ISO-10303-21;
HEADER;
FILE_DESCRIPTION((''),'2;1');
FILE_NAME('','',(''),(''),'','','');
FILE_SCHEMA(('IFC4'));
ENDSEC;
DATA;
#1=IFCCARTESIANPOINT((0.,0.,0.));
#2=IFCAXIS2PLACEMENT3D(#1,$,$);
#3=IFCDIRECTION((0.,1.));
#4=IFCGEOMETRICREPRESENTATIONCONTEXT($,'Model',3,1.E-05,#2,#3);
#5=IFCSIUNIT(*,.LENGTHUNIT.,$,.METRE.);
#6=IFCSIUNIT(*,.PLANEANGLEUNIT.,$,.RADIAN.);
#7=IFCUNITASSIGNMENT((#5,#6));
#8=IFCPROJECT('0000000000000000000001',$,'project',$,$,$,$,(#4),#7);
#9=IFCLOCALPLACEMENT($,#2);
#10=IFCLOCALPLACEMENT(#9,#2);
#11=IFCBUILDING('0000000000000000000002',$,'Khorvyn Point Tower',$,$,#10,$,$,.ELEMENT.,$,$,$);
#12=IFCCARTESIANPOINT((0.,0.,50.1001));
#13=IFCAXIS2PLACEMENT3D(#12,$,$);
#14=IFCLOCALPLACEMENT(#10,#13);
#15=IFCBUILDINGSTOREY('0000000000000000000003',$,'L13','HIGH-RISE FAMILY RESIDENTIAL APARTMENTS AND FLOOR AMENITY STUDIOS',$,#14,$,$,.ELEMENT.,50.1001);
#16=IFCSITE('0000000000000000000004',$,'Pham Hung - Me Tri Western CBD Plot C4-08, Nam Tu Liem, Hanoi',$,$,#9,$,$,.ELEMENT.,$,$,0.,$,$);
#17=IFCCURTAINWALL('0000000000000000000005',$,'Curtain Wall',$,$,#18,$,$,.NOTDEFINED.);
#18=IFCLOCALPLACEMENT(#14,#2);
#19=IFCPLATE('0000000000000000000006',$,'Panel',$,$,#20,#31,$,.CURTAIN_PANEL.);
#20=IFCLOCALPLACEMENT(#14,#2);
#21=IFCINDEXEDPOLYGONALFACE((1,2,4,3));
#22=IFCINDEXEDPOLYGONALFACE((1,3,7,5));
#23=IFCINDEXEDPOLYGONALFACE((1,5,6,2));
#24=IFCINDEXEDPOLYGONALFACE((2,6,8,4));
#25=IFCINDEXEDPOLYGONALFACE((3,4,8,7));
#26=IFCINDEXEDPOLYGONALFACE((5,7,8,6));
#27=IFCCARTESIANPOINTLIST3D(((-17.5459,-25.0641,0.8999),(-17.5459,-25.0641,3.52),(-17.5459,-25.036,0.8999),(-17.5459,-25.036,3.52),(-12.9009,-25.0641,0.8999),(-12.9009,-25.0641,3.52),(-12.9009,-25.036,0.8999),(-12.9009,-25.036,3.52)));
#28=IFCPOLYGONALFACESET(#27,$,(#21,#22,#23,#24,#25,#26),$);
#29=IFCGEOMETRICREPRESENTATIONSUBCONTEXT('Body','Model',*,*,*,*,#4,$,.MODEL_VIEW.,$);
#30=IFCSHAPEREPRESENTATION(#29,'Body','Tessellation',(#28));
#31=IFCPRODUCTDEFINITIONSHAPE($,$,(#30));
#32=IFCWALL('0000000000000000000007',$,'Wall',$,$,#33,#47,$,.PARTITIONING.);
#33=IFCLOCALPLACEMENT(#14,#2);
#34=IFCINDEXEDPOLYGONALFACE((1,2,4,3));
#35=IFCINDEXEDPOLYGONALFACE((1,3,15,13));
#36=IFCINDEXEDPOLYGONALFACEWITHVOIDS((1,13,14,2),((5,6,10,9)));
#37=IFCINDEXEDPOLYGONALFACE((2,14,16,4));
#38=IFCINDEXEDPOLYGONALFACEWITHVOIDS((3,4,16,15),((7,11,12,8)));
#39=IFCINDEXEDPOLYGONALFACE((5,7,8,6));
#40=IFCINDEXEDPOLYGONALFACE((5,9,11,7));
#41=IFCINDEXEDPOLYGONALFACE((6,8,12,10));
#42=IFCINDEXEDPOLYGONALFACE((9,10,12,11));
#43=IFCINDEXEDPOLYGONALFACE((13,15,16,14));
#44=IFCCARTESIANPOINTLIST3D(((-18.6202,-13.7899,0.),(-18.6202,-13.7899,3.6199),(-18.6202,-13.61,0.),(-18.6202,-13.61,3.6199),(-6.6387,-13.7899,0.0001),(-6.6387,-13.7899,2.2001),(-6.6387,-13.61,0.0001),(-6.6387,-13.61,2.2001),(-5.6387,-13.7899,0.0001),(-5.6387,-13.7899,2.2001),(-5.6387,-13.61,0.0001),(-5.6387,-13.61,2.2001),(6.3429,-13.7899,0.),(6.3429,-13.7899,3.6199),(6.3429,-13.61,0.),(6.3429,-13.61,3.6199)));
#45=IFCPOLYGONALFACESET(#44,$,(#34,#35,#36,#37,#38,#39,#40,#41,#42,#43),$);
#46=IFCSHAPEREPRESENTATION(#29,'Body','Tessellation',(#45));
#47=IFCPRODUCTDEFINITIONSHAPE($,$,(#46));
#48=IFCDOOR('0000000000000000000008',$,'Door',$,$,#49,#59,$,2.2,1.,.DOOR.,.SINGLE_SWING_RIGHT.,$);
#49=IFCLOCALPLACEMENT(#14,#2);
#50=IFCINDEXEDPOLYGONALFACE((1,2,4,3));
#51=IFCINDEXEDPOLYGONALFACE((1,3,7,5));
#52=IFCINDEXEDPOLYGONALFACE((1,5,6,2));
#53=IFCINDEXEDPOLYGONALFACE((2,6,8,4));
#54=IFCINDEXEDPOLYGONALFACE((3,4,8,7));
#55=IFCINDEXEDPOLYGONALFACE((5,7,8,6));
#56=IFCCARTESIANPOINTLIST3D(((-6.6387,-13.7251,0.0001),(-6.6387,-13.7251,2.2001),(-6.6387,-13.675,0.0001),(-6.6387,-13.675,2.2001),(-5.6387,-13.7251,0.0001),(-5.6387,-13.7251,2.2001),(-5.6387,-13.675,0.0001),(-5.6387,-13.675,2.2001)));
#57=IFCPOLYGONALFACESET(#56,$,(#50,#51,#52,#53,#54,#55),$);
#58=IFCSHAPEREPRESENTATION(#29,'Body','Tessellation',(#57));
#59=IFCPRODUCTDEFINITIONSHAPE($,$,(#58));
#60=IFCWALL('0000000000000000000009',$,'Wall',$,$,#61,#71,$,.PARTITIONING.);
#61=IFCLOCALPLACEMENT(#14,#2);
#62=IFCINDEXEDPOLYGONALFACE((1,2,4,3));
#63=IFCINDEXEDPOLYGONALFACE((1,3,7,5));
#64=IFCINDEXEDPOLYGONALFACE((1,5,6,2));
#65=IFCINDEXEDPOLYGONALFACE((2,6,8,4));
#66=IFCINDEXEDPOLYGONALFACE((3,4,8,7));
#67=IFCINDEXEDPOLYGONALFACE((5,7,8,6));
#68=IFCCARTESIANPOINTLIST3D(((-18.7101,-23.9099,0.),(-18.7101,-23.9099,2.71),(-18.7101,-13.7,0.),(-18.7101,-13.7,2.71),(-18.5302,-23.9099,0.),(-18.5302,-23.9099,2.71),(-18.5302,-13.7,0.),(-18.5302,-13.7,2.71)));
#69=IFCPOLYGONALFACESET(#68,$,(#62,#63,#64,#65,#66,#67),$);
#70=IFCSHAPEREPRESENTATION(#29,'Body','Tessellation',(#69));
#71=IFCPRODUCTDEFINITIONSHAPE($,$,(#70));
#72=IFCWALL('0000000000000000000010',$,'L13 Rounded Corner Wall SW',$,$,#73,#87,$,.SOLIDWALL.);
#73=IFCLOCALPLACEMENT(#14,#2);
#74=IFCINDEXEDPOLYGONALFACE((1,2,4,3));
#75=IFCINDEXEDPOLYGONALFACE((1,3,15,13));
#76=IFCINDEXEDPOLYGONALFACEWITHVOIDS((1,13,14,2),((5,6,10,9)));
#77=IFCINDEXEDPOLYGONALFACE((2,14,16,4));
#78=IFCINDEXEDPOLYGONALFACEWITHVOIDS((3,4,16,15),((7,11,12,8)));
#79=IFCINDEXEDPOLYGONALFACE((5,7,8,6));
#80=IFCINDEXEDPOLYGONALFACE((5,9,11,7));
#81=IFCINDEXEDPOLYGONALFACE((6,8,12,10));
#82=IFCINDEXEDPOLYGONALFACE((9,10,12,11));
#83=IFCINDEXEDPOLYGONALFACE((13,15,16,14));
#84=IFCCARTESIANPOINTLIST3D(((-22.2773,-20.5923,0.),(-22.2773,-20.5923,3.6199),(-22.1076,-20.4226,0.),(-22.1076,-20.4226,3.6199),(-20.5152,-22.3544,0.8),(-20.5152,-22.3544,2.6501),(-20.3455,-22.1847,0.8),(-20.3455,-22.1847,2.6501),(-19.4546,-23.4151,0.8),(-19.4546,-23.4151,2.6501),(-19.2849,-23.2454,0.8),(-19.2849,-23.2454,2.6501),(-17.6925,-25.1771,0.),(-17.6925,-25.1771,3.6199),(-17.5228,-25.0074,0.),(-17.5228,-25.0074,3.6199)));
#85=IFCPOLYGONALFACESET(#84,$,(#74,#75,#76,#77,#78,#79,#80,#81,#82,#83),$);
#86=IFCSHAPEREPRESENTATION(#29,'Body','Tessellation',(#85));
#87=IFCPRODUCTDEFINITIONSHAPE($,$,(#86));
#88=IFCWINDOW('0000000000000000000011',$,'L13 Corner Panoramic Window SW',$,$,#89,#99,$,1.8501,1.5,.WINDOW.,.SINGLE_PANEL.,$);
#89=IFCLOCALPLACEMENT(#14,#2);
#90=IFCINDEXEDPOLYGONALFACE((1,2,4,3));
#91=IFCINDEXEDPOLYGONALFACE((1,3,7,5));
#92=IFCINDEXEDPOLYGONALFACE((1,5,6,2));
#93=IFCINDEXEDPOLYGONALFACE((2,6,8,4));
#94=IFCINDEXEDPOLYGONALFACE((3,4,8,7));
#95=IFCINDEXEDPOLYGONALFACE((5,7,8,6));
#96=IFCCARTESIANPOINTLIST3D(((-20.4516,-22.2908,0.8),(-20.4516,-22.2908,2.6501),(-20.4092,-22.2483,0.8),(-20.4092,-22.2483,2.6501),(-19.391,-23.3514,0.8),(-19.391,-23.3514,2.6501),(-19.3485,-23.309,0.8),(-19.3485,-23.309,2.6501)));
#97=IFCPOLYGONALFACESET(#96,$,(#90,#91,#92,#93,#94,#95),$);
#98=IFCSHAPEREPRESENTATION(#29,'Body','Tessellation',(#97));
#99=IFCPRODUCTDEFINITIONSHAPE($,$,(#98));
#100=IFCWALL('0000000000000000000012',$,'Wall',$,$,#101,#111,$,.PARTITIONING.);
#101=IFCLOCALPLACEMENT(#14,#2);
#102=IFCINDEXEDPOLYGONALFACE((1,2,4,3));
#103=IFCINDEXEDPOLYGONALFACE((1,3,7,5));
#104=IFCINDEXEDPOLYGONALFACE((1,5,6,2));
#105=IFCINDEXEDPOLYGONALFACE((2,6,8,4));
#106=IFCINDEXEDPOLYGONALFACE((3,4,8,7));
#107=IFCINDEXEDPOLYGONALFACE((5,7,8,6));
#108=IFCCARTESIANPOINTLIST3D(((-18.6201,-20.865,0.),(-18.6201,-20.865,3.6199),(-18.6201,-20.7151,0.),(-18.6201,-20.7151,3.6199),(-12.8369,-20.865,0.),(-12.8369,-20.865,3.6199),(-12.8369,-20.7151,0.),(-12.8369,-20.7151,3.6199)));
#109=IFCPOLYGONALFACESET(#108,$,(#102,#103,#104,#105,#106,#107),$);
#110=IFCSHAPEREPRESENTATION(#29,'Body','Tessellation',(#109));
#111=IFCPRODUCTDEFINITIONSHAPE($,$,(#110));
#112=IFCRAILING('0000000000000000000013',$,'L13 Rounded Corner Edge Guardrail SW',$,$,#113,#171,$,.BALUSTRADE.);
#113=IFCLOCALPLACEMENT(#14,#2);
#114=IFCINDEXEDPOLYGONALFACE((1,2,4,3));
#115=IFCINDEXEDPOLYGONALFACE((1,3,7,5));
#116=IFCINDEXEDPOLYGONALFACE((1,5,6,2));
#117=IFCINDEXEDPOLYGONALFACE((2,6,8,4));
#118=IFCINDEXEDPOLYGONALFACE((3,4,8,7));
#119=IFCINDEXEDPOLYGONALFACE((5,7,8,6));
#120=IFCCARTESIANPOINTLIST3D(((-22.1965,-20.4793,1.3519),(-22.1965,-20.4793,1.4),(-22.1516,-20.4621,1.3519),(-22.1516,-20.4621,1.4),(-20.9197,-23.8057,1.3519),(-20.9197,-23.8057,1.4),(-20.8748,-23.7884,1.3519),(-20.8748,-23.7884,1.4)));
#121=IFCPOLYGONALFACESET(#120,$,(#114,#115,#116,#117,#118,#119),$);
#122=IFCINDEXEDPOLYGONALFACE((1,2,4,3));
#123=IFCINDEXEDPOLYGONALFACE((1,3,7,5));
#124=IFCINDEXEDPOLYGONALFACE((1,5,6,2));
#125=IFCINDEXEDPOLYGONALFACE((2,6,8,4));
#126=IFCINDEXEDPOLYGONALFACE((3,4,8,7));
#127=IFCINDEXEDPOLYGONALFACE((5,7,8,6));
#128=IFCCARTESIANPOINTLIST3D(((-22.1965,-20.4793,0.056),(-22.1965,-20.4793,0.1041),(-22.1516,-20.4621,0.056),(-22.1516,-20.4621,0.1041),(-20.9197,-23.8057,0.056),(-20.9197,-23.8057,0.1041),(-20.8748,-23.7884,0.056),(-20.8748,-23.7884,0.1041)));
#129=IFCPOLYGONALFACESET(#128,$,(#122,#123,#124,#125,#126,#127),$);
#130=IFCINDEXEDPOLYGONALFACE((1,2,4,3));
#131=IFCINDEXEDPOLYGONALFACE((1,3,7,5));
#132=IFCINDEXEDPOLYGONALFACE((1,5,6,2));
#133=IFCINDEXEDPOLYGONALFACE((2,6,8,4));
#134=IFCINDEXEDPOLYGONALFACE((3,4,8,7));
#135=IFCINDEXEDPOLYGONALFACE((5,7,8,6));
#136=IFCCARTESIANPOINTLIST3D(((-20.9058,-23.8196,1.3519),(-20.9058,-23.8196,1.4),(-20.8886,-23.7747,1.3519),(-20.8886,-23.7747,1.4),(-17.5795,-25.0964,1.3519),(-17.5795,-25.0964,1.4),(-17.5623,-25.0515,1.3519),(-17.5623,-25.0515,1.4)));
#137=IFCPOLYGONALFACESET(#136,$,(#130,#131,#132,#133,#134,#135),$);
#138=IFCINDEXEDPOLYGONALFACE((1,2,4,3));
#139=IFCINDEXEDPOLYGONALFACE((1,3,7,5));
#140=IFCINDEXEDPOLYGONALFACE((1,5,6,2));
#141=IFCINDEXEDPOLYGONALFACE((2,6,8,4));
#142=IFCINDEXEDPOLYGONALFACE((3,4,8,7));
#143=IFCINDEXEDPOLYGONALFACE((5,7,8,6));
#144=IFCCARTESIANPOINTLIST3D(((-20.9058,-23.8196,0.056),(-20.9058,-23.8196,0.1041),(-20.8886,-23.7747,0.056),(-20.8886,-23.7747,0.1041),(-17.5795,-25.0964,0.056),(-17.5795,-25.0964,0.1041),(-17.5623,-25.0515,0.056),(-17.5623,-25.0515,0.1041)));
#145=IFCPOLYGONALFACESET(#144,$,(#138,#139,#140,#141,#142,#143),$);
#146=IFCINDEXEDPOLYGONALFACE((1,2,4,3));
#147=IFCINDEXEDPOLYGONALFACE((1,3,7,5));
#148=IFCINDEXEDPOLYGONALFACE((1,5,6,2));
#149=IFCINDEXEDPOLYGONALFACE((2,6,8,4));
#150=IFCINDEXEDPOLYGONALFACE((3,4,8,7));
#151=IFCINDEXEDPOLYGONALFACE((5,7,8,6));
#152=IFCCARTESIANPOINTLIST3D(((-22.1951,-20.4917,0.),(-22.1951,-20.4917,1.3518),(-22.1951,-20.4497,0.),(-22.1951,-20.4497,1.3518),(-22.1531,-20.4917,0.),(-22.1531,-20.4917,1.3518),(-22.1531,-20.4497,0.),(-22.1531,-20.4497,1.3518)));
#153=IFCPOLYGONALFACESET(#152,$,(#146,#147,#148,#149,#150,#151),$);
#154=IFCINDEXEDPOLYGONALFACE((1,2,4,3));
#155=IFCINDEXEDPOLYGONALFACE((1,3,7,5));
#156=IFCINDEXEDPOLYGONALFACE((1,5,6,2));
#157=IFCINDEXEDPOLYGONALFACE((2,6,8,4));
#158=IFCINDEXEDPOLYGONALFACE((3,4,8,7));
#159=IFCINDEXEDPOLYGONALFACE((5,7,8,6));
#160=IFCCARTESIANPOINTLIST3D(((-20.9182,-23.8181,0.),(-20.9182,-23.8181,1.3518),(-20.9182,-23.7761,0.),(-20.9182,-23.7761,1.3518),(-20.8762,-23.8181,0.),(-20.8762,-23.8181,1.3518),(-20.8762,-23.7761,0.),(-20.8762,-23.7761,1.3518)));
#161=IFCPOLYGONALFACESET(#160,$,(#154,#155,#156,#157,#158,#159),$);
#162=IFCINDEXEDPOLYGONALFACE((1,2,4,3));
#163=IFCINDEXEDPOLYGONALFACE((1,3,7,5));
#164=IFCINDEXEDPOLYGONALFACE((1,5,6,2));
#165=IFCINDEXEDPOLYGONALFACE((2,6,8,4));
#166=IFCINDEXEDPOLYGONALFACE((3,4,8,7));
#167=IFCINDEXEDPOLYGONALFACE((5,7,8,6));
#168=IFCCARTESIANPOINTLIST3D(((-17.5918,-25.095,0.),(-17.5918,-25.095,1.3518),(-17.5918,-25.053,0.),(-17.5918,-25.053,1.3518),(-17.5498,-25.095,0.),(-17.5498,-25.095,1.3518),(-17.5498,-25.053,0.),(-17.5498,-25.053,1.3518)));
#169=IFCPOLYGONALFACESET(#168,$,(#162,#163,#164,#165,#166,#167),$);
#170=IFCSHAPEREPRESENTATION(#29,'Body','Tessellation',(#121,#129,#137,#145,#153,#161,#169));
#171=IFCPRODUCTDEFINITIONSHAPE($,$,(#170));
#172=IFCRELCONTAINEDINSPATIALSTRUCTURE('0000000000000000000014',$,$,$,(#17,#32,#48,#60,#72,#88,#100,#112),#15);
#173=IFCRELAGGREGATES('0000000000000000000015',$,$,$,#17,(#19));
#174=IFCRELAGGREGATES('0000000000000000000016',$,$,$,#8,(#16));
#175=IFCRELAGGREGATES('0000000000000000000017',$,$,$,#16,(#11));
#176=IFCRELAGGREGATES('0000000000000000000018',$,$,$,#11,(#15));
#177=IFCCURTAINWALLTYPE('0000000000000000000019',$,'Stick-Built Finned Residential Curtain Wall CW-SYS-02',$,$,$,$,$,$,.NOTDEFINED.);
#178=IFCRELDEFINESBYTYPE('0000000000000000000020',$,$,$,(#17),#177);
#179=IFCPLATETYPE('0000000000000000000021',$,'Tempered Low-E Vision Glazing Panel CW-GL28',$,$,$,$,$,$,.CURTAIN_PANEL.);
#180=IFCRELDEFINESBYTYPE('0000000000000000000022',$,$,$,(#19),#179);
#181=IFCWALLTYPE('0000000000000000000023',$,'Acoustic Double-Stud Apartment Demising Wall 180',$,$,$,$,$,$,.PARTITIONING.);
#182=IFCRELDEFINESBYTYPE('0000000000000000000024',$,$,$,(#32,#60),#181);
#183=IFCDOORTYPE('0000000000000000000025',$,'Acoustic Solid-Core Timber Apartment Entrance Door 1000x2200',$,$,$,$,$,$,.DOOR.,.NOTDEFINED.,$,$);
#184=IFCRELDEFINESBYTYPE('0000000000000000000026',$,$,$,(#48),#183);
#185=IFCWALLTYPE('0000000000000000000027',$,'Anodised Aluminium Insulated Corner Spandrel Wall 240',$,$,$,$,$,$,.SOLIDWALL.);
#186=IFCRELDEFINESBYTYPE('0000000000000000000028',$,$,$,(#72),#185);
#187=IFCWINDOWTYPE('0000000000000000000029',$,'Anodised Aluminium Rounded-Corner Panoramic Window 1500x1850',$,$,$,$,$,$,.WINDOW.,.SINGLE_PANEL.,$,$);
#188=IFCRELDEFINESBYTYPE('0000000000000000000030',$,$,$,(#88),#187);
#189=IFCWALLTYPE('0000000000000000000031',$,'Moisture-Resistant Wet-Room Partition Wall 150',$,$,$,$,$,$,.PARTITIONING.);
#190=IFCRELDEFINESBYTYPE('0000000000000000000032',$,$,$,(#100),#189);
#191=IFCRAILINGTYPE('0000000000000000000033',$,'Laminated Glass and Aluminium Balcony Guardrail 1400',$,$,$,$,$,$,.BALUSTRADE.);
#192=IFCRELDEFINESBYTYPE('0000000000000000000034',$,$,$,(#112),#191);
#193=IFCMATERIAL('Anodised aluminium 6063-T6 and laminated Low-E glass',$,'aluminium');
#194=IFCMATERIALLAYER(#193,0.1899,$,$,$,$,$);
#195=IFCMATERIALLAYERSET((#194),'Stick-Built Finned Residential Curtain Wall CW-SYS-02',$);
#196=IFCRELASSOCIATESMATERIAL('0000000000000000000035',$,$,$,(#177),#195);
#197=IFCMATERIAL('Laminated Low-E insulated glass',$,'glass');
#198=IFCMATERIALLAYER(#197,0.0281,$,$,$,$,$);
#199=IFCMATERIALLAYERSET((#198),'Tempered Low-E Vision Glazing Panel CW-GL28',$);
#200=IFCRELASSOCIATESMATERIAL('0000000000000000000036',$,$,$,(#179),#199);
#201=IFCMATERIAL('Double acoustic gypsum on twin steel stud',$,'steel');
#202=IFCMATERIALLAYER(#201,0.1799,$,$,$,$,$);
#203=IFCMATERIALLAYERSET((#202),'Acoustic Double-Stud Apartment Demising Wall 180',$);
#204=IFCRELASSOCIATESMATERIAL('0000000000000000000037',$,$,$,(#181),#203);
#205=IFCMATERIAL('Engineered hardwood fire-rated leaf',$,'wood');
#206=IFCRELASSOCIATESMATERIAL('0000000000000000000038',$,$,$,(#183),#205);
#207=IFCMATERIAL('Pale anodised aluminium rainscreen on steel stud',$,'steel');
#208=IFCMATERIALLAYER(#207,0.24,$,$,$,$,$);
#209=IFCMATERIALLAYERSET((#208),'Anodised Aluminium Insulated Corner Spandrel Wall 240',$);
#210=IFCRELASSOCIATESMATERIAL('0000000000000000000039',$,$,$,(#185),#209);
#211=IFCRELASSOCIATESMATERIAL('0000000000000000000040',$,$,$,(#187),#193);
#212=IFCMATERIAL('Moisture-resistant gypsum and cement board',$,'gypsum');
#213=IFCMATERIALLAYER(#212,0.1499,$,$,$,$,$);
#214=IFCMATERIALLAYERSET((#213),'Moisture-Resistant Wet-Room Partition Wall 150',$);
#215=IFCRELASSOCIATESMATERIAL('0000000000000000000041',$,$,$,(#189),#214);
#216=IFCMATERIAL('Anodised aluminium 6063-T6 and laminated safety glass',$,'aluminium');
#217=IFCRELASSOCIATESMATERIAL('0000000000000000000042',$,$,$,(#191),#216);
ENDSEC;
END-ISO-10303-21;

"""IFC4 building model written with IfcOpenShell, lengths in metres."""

from ifc_helpers import new_model, si_unit, direction, frame, frame_2d, origin, origin_2d, place, context, subcontext, project, spatial, rectangle, extrude, material, layer, layer_set, type_object, element, fill, aggregate, save


model = new_model("IFC4")

# Units and contexts
model_context = context("Model", 3, precision=1e-05, world=origin(), true_north=direction((0.0, 1.0)))
body_context = subcontext(model_context, "Body", "Model", "MODEL_VIEW")
ifc_project = project(units=[si_unit("LENGTHUNIT", "METRE"), si_unit("PLANEANGLEUNIT", "RADIAN")], contexts=[model_context])

# Site, building, storey
site_placement = place(None, origin())
site = spatial("IfcSite", under=ifc_project, at=site_placement, Name="Pham Hung - Me Tri Western CBD Plot C4-08, Nam Tu Liem, Hanoi", CompositionType="ELEMENT", RefElevation=0.0)
building_placement = place(site_placement, origin())
building = spatial("IfcBuilding", under=site, at=building_placement, Name="Khorvyn Point Tower", CompositionType="ELEMENT")
storey_placement = place(building_placement, frame((0.0, 0.0, 50.1001)))
storey = spatial("IfcBuildingStorey", under=building, at=storey_placement, Name="L13", Description="HIGH-RISE FAMILY RESIDENTIAL APARTMENTS AND FLOOR AMENITY STUDIOS", CompositionType="ELEMENT", Elevation=50.1001)

# Curtain wall
ifc_material_1 = material(Name="Anodised aluminium 6063-T6 and laminated Low-E glass", Category="aluminium")
ifc_layer_1 = layer(ifc_material_1, 0.1899)
ifc_layer_set_1 = layer_set([ifc_layer_1], Name="Stick-Built Finned Residential Curtain Wall CW-SYS-02")
curtain_wall_type = type_object("IfcCurtainWallType", Name="Stick-Built Finned Residential Curtain Wall CW-SYS-02", PredefinedType="NOTDEFINED", material=ifc_layer_set_1)
curtain_wall_1_placement = place(storey_placement, origin())
curtain_wall_1 = element("IfcCurtainWall", 1, at=curtain_wall_1_placement, inside=storey, type_object=curtain_wall_type, Name="Curtain Wall", PredefinedType="NOTDEFINED")

# Plate
ifc_material_2 = material(Name="Laminated Low-E insulated glass", Category="glass")
ifc_layer_2 = layer(ifc_material_2, 0.0281)
ifc_layer_set_2 = layer_set([ifc_layer_2], Name="Tempered Low-E Vision Glazing Panel CW-GL28")
plate_type_1 = type_object("IfcPlateType", Name="Tempered Low-E Vision Glazing Panel CW-GL28", PredefinedType="CURTAIN_PANEL", material=ifc_layer_set_2)
plate_placement = place(storey_placement, frame((-15.2234, -25.05, 0.8999), z_axis=(0.0, 0.0, 1.0), x_axis=(-1.0, 0.0, 0.0)))
plate = element("IfcPlate", 2, at=plate_placement, type_object=plate_type_1, Name="Panel", PredefinedType="CURTAIN_PANEL", context=body_context, shape_type="SweptSolid", body=[
    extrude(rectangle(XDim=4.645, YDim=0.0281, at=origin_2d()), origin(), (0.0, 0.0, 1.0), 2.6201),
])
aggregate(curtain_wall_1, [plate])

# Wall, opening, door
ifc_material_3 = material(Name="Double acoustic gypsum on twin steel stud", Category="steel")
ifc_layer_3 = layer(ifc_material_3, 0.1799)
ifc_layer_set_3 = layer_set([ifc_layer_3], Name="Acoustic Double-Stud Apartment Demising Wall 180")
wall_type_1 = type_object("IfcWallType", Name="Acoustic Double-Stud Apartment Demising Wall 180", PredefinedType="PARTITIONING", material=ifc_layer_set_3)
wall_1_placement = place(storey_placement, frame((-18.6201, -13.7, 0.0), z_axis=(0.0, 0.0, 1.0), x_axis=(1.0, 0.0, 0.0)))
wall_1 = element("IfcWall", 3, at=wall_1_placement, inside=storey, type_object=wall_type_1, Name="Wall", PredefinedType="PARTITIONING", context=body_context, shape_type="SweptSolid", body=[
    extrude(rectangle(XDim=24.9631, YDim=0.1799, at=frame_2d((12.4814, 0.0))), origin(), (0.0, 0.0, 1.0), 3.6199),
])
opening_1_placement = place(wall_1_placement, frame((11.9814, 0.0, 0.0)))
opening_1 = element("IfcOpeningElement", 4, at=opening_1_placement, cuts=wall_1, PredefinedType="OPENING", context=body_context, shape_type="SweptSolid", body=[
    extrude(rectangle(XDim=1.0, YDim=2.2, at=frame_2d((0.5, 1.1001))), frame((0.0, 0.0999, 0.0), z_axis=(0.0, -1.0, 0.0), x_axis=(1.0, 0.0, 0.0)), (0.0, 0.0, 1.0), 0.2),
])
ifc_material_4 = material(Name="Engineered hardwood fire-rated leaf", Category="wood")
door_type = type_object("IfcDoorType", Name="Acoustic Solid-Core Timber Apartment Entrance Door 1000x2200", OperationType="NOTDEFINED", PredefinedType="DOOR", material=ifc_material_4)
door_placement = place(opening_1_placement, origin())
door = element("IfcDoor", 5, at=door_placement, inside=storey, type_object=door_type, Name="Door", OperationType="SINGLE_SWING_RIGHT", OverallHeight=2.2, OverallWidth=1.0, PredefinedType="DOOR", context=body_context, shape_type="SweptSolid", body=[
    extrude(rectangle(XDim=1.0, YDim=2.2, at=frame_2d((0.5, 1.1001))), frame((0.0, 0.0249, 0.0), z_axis=(0.0, -1.0, 0.0), x_axis=(1.0, 0.0, 0.0)), (0.0, 0.0, 1.0), 0.05),
])
fill(opening_1, door)

# Wall
wall_2_placement = place(storey_placement, frame((-18.6201, -23.9099, 0.0), z_axis=(0.0, 0.0, 1.0), x_axis=(0.0, 1.0, 0.0)))
element("IfcWall", 6, at=wall_2_placement, inside=storey, type_object=wall_type_1, Name="Wall", PredefinedType="PARTITIONING", context=body_context, shape_type="SweptSolid", body=[
    extrude(rectangle(XDim=10.21, YDim=0.1799, at=frame_2d((5.105, 0.0))), origin(), (0.0, 0.0, 1.0), 2.71),
])

# Wall, opening, window
ifc_material_5 = material(Name="Pale anodised aluminium rainscreen on steel stud", Category="steel")
ifc_layer_4 = layer(ifc_material_5, 0.24)
ifc_layer_set_4 = layer_set([ifc_layer_4], Name="Anodised Aluminium Insulated Corner Spandrel Wall 240")
wall_type_2 = type_object("IfcWallType", Name="Anodised Aluminium Insulated Corner Spandrel Wall 240", PredefinedType="SOLIDWALL", material=ifc_layer_set_4)
wall_3_placement = place(storey_placement, frame((-17.6077, -25.0923, 0.0), z_axis=(0.0, 0.0, 1.0), x_axis=(-0.707107, 0.707107, 0.0)))
wall_3 = element("IfcWall", 7, at=wall_3_placement, inside=storey, type_object=wall_type_2, Name="L13 Rounded Corner Wall SW", PredefinedType="SOLIDWALL", context=body_context, shape_type="SweptSolid", body=[
    extrude(rectangle(XDim=6.4839, YDim=0.24, at=frame_2d((3.2419, 0.0))), origin(), (0.0, 0.0, 1.0), 3.6199),
])
opening_2_placement = place(wall_3_placement, frame((2.4919, 0.0, 0.8)))
opening_2 = element("IfcOpeningElement", 8, at=opening_2_placement, cuts=wall_3, PredefinedType="OPENING", context=body_context, shape_type="SweptSolid", body=[
    extrude(rectangle(XDim=1.5, YDim=1.8501, at=frame_2d((0.75, 0.925))), frame((0.0, 0.1299, 0.0), z_axis=(0.0, -1.0, 0.0), x_axis=(1.0, 0.0, 0.0)), (0.0, 0.0, 1.0), 0.26),
])
window_type = type_object("IfcWindowType", Name="Anodised Aluminium Rounded-Corner Panoramic Window 1500x1850", PartitioningType="SINGLE_PANEL", PredefinedType="WINDOW", material=ifc_material_1)
window_placement = place(opening_2_placement, origin())
window = element("IfcWindow", 9, at=window_placement, inside=storey, type_object=window_type, Name="L13 Corner Panoramic Window SW", OverallHeight=1.8501, OverallWidth=1.5, PartitioningType="SINGLE_PANEL", PredefinedType="WINDOW", context=body_context, shape_type="SweptSolid", body=[
    extrude(rectangle(XDim=1.5, YDim=1.8501, at=frame_2d((0.75, 0.925))), frame((0.0, 0.03, 0.0), z_axis=(0.0, -1.0, 0.0), x_axis=(1.0, 0.0, 0.0)), (0.0, 0.0, 1.0), 0.0601),
])
fill(opening_2, window)

# Wall
ifc_material_6 = material(Name="Moisture-resistant gypsum and cement board", Category="gypsum")
ifc_layer_5 = layer(ifc_material_6, 0.1499)
ifc_layer_set_5 = layer_set([ifc_layer_5], Name="Moisture-Resistant Wet-Room Partition Wall 150")
wall_type_3 = type_object("IfcWallType", Name="Moisture-Resistant Wet-Room Partition Wall 150", PredefinedType="PARTITIONING", material=ifc_layer_set_5)
wall_4_placement = place(storey_placement, frame((-18.6201, -20.79, 0.0), z_axis=(0.0, 0.0, 1.0), x_axis=(1.0, 0.0, 0.0)))
element("IfcWall", 10, at=wall_4_placement, inside=storey, type_object=wall_type_3, Name="Wall", PredefinedType="PARTITIONING", context=body_context, shape_type="SweptSolid", body=[
    extrude(rectangle(XDim=5.7832, YDim=0.1499, at=frame_2d((2.8916, 0.0))), origin(), (0.0, 0.0, 1.0), 3.6199),
])

# Railing
ifc_material_7 = material(Name="Anodised aluminium 6063-T6 and laminated safety glass", Category="aluminium")
railing_type = type_object("IfcRailingType", Name="Laminated Glass and Aluminium Balcony Guardrail 1400", PredefinedType="BALUSTRADE", material=ifc_material_7)
railing_placement = place(storey_placement, frame((-22.1741, -20.4707, 0.0)))
element("IfcRailing", 11, at=railing_placement, inside=storey, type_object=railing_type, Name="L13 Rounded Corner Edge Guardrail SW", PredefinedType="BALUSTRADE", context=body_context, shape_type="SweptSolid", body=[
    extrude(rectangle(XDim=0.0481, YDim=0.0481, at=origin_2d()), frame((0.0, 0.0, 1.376), z_axis=(0.358359, -0.933584, 0.0), x_axis=(0.933584, 0.358359, 0.0)), (0.0, 0.0, 1.0), 3.563),
    extrude(rectangle(XDim=0.0481, YDim=0.0481, at=origin_2d()), frame((0.0, 0.0, 0.0801), z_axis=(0.358359, -0.933584, 0.0), x_axis=(0.933584, 0.358359, 0.0)), (0.0, 0.0, 1.0), 3.563),
    extrude(rectangle(XDim=0.0481, YDim=0.0481, at=origin_2d()), frame((1.2769, -3.3264, 1.376), z_axis=(0.933584, -0.358359, 0.0), x_axis=(0.358359, 0.933584, 0.0)), (0.0, 0.0, 1.0), 3.563),
    extrude(rectangle(XDim=0.0481, YDim=0.0481, at=origin_2d()), frame((1.2769, -3.3264, 0.0801), z_axis=(0.933584, -0.358359, 0.0), x_axis=(0.358359, 0.933584, 0.0)), (0.0, 0.0, 1.0), 3.563),
    extrude(rectangle(XDim=0.042, YDim=0.042, at=origin_2d()), origin(), (0.0, 0.0, 1.0), 1.3518),
    extrude(rectangle(XDim=0.042, YDim=0.042, at=origin_2d()), frame((1.2769, -3.3264, 0.0)), (0.0, 0.0, 1.0), 1.3518),
    extrude(rectangle(XDim=0.042, YDim=0.042, at=origin_2d()), frame((4.6033, -4.6033, 0.0)), (0.0, 0.0, 1.0), 1.3518),
])

save(model, "model.ifc")
